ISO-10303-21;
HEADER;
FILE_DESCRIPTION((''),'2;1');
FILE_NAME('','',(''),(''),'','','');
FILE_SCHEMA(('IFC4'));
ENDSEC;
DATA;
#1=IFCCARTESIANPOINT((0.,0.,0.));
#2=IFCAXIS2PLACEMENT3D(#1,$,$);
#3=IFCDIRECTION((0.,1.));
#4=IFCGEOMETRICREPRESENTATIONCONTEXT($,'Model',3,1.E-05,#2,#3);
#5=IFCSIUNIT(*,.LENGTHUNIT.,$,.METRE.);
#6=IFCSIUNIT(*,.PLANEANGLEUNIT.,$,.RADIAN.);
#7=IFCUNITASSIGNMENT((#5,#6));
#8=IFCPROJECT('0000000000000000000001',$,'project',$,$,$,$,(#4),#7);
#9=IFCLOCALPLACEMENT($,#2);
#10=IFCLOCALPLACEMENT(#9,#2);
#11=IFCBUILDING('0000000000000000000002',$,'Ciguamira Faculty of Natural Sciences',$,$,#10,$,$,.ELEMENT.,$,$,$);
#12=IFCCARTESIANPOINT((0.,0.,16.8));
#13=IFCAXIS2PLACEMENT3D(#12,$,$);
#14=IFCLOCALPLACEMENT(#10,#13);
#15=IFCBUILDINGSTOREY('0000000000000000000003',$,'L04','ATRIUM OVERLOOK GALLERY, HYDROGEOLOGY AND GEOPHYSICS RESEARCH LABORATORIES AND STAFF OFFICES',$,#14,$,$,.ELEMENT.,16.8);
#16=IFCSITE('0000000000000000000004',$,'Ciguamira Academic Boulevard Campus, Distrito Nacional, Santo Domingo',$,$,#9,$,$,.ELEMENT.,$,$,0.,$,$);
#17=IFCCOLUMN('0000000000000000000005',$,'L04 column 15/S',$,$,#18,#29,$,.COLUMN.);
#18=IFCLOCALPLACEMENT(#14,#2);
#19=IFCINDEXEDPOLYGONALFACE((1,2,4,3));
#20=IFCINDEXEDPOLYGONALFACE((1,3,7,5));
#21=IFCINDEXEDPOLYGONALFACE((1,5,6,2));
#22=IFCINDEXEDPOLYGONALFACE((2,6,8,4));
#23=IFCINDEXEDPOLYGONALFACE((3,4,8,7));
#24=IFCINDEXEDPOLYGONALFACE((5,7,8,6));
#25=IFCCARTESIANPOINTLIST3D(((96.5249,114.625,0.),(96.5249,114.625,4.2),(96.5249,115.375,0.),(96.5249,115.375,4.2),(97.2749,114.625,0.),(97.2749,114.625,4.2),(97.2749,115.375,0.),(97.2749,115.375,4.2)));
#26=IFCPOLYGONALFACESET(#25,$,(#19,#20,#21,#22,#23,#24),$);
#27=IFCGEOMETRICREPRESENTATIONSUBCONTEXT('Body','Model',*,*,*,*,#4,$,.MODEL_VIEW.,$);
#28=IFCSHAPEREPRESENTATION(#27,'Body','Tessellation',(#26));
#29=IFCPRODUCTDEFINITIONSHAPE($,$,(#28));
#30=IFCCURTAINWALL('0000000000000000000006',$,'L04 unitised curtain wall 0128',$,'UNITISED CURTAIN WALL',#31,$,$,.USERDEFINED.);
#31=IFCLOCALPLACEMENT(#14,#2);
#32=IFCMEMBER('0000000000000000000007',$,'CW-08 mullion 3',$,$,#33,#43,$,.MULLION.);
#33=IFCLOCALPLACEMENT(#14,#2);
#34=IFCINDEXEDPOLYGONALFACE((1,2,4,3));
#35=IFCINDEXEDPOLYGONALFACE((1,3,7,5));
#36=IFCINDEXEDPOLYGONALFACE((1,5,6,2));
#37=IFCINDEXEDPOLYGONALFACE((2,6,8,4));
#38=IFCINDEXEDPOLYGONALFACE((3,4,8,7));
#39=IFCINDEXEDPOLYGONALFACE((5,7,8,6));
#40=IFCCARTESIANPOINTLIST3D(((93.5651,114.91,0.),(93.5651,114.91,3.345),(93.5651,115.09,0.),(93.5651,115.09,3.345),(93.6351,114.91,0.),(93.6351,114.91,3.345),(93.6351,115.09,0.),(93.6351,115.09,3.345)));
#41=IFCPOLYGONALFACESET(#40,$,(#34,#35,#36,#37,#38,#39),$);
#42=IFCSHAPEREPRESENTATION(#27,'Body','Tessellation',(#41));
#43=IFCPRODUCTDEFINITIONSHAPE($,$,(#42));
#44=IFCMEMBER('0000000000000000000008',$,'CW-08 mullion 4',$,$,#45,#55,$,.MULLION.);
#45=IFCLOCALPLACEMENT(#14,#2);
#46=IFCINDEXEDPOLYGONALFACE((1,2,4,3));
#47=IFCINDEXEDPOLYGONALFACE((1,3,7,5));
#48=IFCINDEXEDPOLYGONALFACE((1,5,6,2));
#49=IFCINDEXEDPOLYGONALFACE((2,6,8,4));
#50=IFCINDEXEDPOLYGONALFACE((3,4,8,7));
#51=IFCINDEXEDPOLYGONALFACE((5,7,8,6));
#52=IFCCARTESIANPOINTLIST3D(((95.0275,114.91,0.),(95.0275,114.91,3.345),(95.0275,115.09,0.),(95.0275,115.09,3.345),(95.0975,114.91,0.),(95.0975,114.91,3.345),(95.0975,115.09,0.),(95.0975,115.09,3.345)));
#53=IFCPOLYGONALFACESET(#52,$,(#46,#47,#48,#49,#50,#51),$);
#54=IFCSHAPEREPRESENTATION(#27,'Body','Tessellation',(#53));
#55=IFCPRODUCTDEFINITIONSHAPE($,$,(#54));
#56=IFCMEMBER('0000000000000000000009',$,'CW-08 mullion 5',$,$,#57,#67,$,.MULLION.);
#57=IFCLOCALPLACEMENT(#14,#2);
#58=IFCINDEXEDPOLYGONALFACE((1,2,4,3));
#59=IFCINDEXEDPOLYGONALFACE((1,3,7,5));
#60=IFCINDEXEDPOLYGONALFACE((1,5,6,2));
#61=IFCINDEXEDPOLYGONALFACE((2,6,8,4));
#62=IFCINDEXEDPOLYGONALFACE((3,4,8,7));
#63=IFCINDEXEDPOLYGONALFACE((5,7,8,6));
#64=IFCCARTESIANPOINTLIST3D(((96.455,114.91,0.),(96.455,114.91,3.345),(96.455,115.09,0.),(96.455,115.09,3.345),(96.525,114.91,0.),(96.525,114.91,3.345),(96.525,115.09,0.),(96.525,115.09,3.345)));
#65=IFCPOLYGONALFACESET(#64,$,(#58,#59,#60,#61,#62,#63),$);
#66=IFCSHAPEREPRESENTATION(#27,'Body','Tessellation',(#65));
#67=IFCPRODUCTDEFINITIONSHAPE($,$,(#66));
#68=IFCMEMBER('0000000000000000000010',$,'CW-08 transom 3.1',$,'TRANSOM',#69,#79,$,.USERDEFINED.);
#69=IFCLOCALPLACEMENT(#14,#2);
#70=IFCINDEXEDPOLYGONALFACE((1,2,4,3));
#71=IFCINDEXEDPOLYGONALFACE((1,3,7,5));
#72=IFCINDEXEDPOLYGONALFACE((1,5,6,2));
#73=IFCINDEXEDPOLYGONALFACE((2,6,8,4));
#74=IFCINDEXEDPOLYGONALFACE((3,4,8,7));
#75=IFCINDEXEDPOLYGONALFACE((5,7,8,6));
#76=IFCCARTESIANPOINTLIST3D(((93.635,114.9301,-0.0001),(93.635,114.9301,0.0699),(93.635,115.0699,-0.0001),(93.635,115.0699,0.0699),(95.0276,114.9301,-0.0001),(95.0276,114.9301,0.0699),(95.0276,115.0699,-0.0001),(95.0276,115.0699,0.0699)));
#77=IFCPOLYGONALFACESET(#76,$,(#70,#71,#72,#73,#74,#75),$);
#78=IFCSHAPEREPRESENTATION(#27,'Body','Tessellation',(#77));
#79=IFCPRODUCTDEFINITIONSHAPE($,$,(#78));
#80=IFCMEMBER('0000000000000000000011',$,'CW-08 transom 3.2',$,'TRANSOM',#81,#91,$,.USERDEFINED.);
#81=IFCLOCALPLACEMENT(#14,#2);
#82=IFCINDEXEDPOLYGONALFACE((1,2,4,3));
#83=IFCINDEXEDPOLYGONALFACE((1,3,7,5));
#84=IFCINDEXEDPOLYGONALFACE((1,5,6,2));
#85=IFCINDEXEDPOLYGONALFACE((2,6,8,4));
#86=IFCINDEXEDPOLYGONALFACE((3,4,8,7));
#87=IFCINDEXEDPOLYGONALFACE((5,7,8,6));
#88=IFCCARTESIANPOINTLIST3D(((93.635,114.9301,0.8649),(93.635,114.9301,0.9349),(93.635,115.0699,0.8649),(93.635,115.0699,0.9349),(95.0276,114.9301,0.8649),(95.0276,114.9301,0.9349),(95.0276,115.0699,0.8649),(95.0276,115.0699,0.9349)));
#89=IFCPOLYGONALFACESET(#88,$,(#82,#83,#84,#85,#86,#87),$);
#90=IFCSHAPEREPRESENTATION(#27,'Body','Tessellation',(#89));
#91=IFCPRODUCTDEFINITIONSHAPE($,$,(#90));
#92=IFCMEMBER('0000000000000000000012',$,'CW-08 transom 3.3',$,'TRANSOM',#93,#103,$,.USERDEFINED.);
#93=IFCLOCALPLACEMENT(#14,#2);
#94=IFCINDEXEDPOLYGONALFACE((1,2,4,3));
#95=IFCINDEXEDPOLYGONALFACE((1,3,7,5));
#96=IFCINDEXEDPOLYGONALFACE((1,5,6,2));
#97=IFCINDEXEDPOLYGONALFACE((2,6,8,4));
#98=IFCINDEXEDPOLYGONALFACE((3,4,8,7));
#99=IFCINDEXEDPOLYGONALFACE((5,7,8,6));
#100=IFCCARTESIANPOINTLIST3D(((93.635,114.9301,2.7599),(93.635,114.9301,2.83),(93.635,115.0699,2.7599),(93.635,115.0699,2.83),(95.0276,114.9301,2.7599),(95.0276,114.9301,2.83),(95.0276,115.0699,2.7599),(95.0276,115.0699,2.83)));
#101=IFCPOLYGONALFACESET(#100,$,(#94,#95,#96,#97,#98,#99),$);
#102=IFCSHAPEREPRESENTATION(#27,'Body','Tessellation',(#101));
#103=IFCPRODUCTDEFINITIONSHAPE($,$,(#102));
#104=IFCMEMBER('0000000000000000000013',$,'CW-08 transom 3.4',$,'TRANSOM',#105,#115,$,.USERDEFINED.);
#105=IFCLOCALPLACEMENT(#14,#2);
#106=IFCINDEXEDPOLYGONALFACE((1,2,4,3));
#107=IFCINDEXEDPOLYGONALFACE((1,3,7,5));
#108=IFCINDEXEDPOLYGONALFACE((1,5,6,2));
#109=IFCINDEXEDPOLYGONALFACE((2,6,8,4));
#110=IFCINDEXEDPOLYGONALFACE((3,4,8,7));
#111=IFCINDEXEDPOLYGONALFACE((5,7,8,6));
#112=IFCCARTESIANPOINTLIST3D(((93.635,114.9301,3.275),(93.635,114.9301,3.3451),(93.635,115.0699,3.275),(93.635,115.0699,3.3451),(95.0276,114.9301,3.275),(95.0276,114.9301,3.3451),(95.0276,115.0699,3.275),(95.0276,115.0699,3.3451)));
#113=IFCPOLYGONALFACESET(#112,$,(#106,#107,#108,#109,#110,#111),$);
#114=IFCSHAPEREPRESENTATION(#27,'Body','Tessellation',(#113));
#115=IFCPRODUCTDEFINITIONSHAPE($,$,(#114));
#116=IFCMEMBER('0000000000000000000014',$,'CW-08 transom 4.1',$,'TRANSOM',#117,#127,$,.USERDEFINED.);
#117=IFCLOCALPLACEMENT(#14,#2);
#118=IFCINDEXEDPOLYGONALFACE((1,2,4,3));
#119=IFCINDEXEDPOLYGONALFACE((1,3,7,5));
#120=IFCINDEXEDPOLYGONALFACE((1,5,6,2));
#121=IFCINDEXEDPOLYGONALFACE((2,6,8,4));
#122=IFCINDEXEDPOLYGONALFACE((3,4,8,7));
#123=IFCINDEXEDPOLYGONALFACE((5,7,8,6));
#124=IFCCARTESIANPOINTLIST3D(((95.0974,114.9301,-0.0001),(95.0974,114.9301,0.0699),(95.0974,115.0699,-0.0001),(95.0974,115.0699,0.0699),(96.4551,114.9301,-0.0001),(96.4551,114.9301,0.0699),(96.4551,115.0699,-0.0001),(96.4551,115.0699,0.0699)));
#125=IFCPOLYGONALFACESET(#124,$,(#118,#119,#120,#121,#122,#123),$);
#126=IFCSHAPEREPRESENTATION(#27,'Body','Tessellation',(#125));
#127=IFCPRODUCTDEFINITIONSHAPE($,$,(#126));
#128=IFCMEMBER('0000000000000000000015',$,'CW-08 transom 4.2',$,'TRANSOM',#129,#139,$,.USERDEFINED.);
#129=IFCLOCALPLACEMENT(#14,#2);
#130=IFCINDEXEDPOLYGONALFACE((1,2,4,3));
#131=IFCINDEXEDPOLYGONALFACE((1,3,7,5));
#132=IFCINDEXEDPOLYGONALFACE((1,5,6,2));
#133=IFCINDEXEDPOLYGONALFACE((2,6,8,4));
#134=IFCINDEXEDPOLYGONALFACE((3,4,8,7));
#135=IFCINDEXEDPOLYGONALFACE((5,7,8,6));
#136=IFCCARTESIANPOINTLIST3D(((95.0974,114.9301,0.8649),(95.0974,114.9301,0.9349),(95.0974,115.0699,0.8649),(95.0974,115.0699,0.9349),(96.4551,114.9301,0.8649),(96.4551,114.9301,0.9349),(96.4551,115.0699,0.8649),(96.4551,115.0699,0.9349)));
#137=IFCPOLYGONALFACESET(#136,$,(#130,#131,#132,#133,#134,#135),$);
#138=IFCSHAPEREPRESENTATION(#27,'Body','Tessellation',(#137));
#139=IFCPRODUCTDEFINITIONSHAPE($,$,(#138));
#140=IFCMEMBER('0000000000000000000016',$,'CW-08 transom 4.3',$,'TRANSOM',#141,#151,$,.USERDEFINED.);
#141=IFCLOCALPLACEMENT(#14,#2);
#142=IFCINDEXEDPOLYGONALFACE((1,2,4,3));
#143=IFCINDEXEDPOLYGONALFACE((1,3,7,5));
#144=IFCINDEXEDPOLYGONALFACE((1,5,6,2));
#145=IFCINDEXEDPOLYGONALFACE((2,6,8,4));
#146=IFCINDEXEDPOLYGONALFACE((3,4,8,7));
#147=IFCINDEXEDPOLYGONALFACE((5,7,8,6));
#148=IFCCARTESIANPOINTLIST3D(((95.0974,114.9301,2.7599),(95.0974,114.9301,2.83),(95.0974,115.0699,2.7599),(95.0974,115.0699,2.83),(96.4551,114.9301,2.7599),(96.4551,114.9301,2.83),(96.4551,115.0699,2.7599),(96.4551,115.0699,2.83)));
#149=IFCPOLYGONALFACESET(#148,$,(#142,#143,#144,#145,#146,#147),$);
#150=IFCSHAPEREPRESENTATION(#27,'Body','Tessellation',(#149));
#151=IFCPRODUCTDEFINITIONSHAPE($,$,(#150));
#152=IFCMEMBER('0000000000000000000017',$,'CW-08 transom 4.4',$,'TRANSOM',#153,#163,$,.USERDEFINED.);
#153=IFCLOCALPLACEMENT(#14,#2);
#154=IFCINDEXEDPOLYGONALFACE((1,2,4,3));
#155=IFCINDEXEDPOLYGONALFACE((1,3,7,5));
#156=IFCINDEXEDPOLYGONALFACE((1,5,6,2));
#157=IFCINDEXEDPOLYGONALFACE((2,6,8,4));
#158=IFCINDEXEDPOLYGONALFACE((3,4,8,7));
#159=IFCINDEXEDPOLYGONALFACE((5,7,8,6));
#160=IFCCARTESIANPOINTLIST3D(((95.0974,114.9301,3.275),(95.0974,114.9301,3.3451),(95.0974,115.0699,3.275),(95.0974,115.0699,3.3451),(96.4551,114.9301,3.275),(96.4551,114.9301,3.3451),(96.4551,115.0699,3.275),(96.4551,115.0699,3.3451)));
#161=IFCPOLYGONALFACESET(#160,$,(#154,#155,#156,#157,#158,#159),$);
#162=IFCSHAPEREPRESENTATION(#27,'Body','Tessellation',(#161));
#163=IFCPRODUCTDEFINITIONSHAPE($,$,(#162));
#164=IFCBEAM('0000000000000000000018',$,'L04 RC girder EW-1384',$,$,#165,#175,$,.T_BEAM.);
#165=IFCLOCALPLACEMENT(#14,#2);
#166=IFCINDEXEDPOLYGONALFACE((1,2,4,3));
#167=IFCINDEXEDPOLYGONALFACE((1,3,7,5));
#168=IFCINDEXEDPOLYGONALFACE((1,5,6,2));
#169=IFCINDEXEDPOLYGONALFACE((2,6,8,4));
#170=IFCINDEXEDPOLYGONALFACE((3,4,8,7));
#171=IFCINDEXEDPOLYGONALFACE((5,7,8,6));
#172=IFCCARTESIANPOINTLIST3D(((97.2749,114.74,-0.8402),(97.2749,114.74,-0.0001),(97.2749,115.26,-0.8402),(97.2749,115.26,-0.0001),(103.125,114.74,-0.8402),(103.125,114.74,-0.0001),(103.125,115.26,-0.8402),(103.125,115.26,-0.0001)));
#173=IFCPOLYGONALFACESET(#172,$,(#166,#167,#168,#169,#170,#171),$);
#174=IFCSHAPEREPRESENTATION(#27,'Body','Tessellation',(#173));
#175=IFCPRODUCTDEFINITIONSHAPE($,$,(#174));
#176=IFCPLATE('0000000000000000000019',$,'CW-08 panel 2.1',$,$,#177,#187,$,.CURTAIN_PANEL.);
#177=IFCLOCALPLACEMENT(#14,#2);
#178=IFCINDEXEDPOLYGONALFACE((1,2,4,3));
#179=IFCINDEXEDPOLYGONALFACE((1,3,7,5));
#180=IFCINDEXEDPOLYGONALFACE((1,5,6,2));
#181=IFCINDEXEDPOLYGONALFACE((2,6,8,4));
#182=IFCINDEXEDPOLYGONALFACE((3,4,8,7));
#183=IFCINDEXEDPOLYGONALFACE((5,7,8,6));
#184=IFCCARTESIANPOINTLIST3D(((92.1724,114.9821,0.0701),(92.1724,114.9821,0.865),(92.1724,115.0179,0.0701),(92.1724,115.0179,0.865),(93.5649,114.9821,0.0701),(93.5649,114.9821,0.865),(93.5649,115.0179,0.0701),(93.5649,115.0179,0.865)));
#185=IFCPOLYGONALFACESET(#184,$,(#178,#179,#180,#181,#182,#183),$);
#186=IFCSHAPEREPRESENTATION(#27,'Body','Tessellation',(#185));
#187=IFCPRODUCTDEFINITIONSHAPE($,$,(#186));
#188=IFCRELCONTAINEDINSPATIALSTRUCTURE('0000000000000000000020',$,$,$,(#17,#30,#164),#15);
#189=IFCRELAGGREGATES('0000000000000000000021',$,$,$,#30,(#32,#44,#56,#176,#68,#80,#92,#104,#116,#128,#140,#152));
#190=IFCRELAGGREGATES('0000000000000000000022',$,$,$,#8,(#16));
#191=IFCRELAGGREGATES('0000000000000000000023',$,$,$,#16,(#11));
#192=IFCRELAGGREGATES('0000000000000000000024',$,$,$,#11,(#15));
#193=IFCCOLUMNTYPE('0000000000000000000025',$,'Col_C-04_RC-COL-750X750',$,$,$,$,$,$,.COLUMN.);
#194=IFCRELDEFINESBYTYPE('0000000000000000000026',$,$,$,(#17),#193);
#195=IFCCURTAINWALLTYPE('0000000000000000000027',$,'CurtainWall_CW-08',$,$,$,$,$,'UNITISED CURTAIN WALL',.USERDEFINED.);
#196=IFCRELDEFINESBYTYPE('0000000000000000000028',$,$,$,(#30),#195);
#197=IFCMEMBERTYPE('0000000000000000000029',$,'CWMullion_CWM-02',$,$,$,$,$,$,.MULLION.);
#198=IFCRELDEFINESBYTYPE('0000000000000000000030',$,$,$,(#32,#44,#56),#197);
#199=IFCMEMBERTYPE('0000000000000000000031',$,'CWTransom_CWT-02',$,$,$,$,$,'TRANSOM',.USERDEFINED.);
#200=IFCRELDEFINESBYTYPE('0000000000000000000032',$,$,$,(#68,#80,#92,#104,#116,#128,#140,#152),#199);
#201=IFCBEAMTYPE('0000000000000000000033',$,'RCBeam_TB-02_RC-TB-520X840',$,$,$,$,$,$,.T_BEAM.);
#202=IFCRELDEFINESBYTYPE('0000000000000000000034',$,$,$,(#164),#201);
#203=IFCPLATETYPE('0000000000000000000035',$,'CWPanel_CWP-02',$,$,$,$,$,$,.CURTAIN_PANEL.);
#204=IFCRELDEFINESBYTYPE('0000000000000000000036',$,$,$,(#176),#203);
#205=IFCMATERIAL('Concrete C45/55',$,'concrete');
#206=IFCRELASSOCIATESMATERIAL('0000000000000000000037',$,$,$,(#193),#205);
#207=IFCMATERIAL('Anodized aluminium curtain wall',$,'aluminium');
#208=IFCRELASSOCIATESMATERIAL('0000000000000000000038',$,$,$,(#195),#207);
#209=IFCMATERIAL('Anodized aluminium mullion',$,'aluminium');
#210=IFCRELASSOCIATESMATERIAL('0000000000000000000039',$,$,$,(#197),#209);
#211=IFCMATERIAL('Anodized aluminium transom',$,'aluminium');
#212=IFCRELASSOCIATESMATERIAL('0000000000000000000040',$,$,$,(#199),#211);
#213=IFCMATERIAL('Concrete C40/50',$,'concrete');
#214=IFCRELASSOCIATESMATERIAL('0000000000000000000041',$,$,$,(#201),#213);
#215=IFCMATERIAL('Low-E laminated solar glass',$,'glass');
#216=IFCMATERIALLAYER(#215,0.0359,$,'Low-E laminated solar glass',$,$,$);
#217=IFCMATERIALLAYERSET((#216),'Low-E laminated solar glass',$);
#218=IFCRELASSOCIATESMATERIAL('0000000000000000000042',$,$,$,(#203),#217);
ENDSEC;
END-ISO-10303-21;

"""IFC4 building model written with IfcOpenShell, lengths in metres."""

from ifc_helpers import new_model, si_unit, direction, frame, origin, origin_2d, place, context, subcontext, project, spatial, rectangle, extrude, material, layer, layer_set, material_profile, profile_set, type_object, element, aggregate, save


model = new_model("IFC4")

# Units and contexts
model_context = context("Model", 3, precision=1e-05, world=origin(), true_north=direction((0.0, 1.0)))
body_context = subcontext(model_context, "Body", "Model", "MODEL_VIEW")
ifc_project = project(units=[si_unit("LENGTHUNIT", "METRE"), si_unit("PLANEANGLEUNIT", "RADIAN")], contexts=[model_context])

# Site, building, storey
site_placement = place(None, origin())
site = spatial("IfcSite", under=ifc_project, at=site_placement, Name="Ciguamira Academic Boulevard Campus, Distrito Nacional, Santo Domingo", CompositionType="ELEMENT", RefElevation=0.0)
building_placement = place(site_placement, origin())
building = spatial("IfcBuilding", under=site, at=building_placement, Name="Ciguamira Faculty of Natural Sciences", CompositionType="ELEMENT")
storey_placement = place(building_placement, frame((0.0, 0.0, 16.8)))
storey = spatial("IfcBuildingStorey", under=building, at=storey_placement, Name="L04", Description="ATRIUM OVERLOOK GALLERY, HYDROGEOLOGY AND GEOPHYSICS RESEARCH LABORATORIES AND STAFF OFFICES", CompositionType="ELEMENT", Elevation=16.8)

# Column
ifc_material_1 = material(Name="Concrete C45/55", Category="concrete")
ifc_material_profile_1 = material_profile(ifc_material_1, rectangle(XDim=0.75, YDim=0.75, at=origin_2d()), Name="RC-COL-750X750")
ifc_profile_set_1 = profile_set([ifc_material_profile_1], Name="Concrete C45/55")
column_type = type_object("IfcColumnType", Name="Col_C-04_RC-COL-750X750", PredefinedType="COLUMN", material=ifc_profile_set_1)
column_placement = place(storey_placement, frame((96.8999, 115.0, 0.0), z_axis=(0.0, 0.0, 1.0), x_axis=(1.0, 0.0, 0.0)))
element("IfcColumn", 1, at=column_placement, inside=storey, type_object=column_type, Name="L04 column 15/S", PredefinedType="COLUMN", context=body_context, shape_type="SweptSolid", body=[
    extrude(rectangle(XDim=0.75, YDim=0.75, at=origin_2d()), origin(), (0.0, 0.0, 1.0), 4.2),
])

# Curtain wall, members
ifc_material_2 = material(Name="Anodized aluminium curtain wall", Category="aluminium")
curtain_wall_type = type_object("IfcCurtainWallType", Name="CurtainWall_CW-08", ElementType="UNITISED CURTAIN WALL", PredefinedType="USERDEFINED", material=ifc_material_2)
curtain_wall_placement = place(storey_placement, origin())
curtain_wall = element("IfcCurtainWall", 2, at=curtain_wall_placement, inside=storey, type_object=curtain_wall_type, Name="L04 unitised curtain wall 0128", ObjectType="UNITISED CURTAIN WALL", PredefinedType="USERDEFINED")
ifc_material_3 = material(Name="Anodized aluminium mullion", Category="aluminium")
ifc_material_profile_2 = material_profile(ifc_material_3, rectangle(XDim=0.0701, YDim=0.1799, at=origin_2d()), Name="ALU-MUL-70X180")
ifc_profile_set_2 = profile_set([ifc_material_profile_2], Name="Anodized aluminium mullion")
member_type_1 = type_object("IfcMemberType", Name="CWMullion_CWM-02", PredefinedType="MULLION", material=ifc_profile_set_2)
member_1_placement = place(storey_placement, frame((93.6001, 115.0, 0.0), z_axis=(0.0, 0.0, 1.0), x_axis=(1.0, 0.0, 0.0)))
member_1 = element("IfcMember", 3, at=member_1_placement, type_object=member_type_1, Name="CW-08 mullion 3", PredefinedType="MULLION", context=body_context, shape_type="SweptSolid", body=[
    extrude(rectangle(XDim=0.0701, YDim=0.1799, at=origin_2d()), origin(), (0.0, 0.0, 1.0), 3.345),
])
member_2_placement = place(storey_placement, frame((95.0625, 115.0, 0.0), z_axis=(0.0, 0.0, 1.0), x_axis=(1.0, 0.0, 0.0)))
member_2 = element("IfcMember", 4, at=member_2_placement, type_object=member_type_1, Name="CW-08 mullion 4", PredefinedType="MULLION", context=body_context, shape_type="SweptSolid", body=[
    extrude(rectangle(XDim=0.0701, YDim=0.1799, at=origin_2d()), origin(), (0.0, 0.0, 1.0), 3.345),
])
member_3_placement = place(storey_placement, frame((96.49, 115.0, 0.0), z_axis=(0.0, 0.0, 1.0), x_axis=(1.0, 0.0, 0.0)))
member_3 = element("IfcMember", 5, at=member_3_placement, type_object=member_type_1, Name="CW-08 mullion 5", PredefinedType="MULLION", context=body_context, shape_type="SweptSolid", body=[
    extrude(rectangle(XDim=0.0701, YDim=0.1799, at=origin_2d()), origin(), (0.0, 0.0, 1.0), 3.345),
])
ifc_material_4 = material(Name="Anodized aluminium transom", Category="aluminium")
ifc_material_profile_3 = material_profile(ifc_material_4, rectangle(XDim=0.0701, YDim=0.1399, at=origin_2d()), Name="ALU-TRN-70X140")
ifc_profile_set_3 = profile_set([ifc_material_profile_3], Name="Anodized aluminium transom")
member_type_2 = type_object("IfcMemberType", Name="CWTransom_CWT-02", ElementType="TRANSOM", PredefinedType="USERDEFINED", material=ifc_profile_set_3)
member_4_placement = place(storey_placement, frame((93.635, 115.0, 0.0349), z_axis=(1.0, 0.0, 0.0), x_axis=(0.0, 0.0, 1.0)))
member_4 = element("IfcMember", 6, at=member_4_placement, type_object=member_type_2, Name="CW-08 transom 3.1", ObjectType="TRANSOM", PredefinedType="USERDEFINED", context=body_context, shape_type="SweptSolid", body=[
    extrude(rectangle(XDim=0.0701, YDim=0.1399, at=origin_2d()), origin(), (0.0, 0.0, 1.0), 1.3926),
])
member_5_placement = place(storey_placement, frame((93.635, 115.0, 0.8999), z_axis=(1.0, 0.0, 0.0), x_axis=(0.0, 0.0, 1.0)))
member_5 = element("IfcMember", 7, at=member_5_placement, type_object=member_type_2, Name="CW-08 transom 3.2", ObjectType="TRANSOM", PredefinedType="USERDEFINED", context=body_context, shape_type="SweptSolid", body=[
    extrude(rectangle(XDim=0.0701, YDim=0.1399, at=origin_2d()), origin(), (0.0, 0.0, 1.0), 1.3926),
])
member_6_placement = place(storey_placement, frame((93.635, 115.0, 2.7949), z_axis=(1.0, 0.0, 0.0), x_axis=(0.0, 0.0, 1.0)))
member_6 = element("IfcMember", 8, at=member_6_placement, type_object=member_type_2, Name="CW-08 transom 3.3", ObjectType="TRANSOM", PredefinedType="USERDEFINED", context=body_context, shape_type="SweptSolid", body=[
    extrude(rectangle(XDim=0.0701, YDim=0.1399, at=origin_2d()), origin(), (0.0, 0.0, 1.0), 1.3926),
])
member_7_placement = place(storey_placement, frame((93.635, 115.0, 3.3101), z_axis=(1.0, 0.0, 0.0), x_axis=(0.0, 0.0, 1.0)))
member_7 = element("IfcMember", 9, at=member_7_placement, type_object=member_type_2, Name="CW-08 transom 3.4", ObjectType="TRANSOM", PredefinedType="USERDEFINED", context=body_context, shape_type="SweptSolid", body=[
    extrude(rectangle(XDim=0.0701, YDim=0.1399, at=origin_2d()), origin(), (0.0, 0.0, 1.0), 1.3926),
])
member_8_placement = place(storey_placement, frame((95.0974, 115.0, 0.0349), z_axis=(1.0, 0.0, 0.0), x_axis=(0.0, 0.0, 1.0)))
member_8 = element("IfcMember", 10, at=member_8_placement, type_object=member_type_2, Name="CW-08 transom 4.1", ObjectType="TRANSOM", PredefinedType="USERDEFINED", context=body_context, shape_type="SweptSolid", body=[
    extrude(rectangle(XDim=0.0701, YDim=0.1399, at=origin_2d()), origin(), (0.0, 0.0, 1.0), 1.3577),
])
member_9_placement = place(storey_placement, frame((95.0974, 115.0, 0.8999), z_axis=(1.0, 0.0, 0.0), x_axis=(0.0, 0.0, 1.0)))
member_9 = element("IfcMember", 11, at=member_9_placement, type_object=member_type_2, Name="CW-08 transom 4.2", ObjectType="TRANSOM", PredefinedType="USERDEFINED", context=body_context, shape_type="SweptSolid", body=[
    extrude(rectangle(XDim=0.0701, YDim=0.1399, at=origin_2d()), origin(), (0.0, 0.0, 1.0), 1.3577),
])
member_10_placement = place(storey_placement, frame((95.0974, 115.0, 2.7949), z_axis=(1.0, 0.0, 0.0), x_axis=(0.0, 0.0, 1.0)))
member_10 = element("IfcMember", 12, at=member_10_placement, type_object=member_type_2, Name="CW-08 transom 4.3", ObjectType="TRANSOM", PredefinedType="USERDEFINED", context=body_context, shape_type="SweptSolid", body=[
    extrude(rectangle(XDim=0.0701, YDim=0.1399, at=origin_2d()), origin(), (0.0, 0.0, 1.0), 1.3577),
])
member_11_placement = place(storey_placement, frame((95.0974, 115.0, 3.3101), z_axis=(1.0, 0.0, 0.0), x_axis=(0.0, 0.0, 1.0)))
member_11 = element("IfcMember", 13, at=member_11_placement, type_object=member_type_2, Name="CW-08 transom 4.4", ObjectType="TRANSOM", PredefinedType="USERDEFINED", context=body_context, shape_type="SweptSolid", body=[
    extrude(rectangle(XDim=0.0701, YDim=0.1399, at=origin_2d()), origin(), (0.0, 0.0, 1.0), 1.3577),
])

# Beam
ifc_material_5 = material(Name="Concrete C40/50", Category="concrete")
ifc_material_profile_4 = material_profile(ifc_material_5, rectangle(XDim=0.52, YDim=0.8401, at=origin_2d()), Name="RC-TB-520X840")
ifc_profile_set_4 = profile_set([ifc_material_profile_4], Name="Concrete C40/50")
beam_type = type_object("IfcBeamType", Name="RCBeam_TB-02_RC-TB-520X840", PredefinedType="T_BEAM", material=ifc_profile_set_4)
beam_placement = place(storey_placement, frame((97.2749, 115.0, -0.4202), z_axis=(1.0, 0.0, 0.0), x_axis=(0.0, 1.0, 0.0)))
element("IfcBeam", 14, at=beam_placement, inside=storey, type_object=beam_type, Name="L04 RC girder EW-1384", PredefinedType="T_BEAM", context=body_context, shape_type="SweptSolid", body=[
    extrude(rectangle(XDim=0.52, YDim=0.8401, at=origin_2d()), origin(), (0.0, 0.0, 1.0), 5.8501),
])

# Plate
ifc_material_6 = material(Name="Low-E laminated solar glass", Category="glass")
ifc_layer_1 = layer(ifc_material_6, 0.0359, Name="Low-E laminated solar glass")
ifc_layer_set_1 = layer_set([ifc_layer_1], Name="Low-E laminated solar glass")
plate_type = type_object("IfcPlateType", Name="CWPanel_CWP-02", PredefinedType="CURTAIN_PANEL", material=ifc_layer_set_1)
plate_1_placement = place(storey_placement, frame((92.8687, 115.0, 0.0701), z_axis=(0.0, 0.0, 1.0), x_axis=(1.0, 0.0, 0.0)))
plate_1 = element("IfcPlate", 15, at=plate_1_placement, type_object=plate_type, Name="CW-08 panel 2.1", PredefinedType="CURTAIN_PANEL", context=body_context, shape_type="SweptSolid", body=[
    extrude(rectangle(XDim=1.3926, YDim=0.0359, at=origin_2d()), origin(), (0.0, 0.0, 1.0), 0.7949),
])
aggregate(curtain_wall, [member_1, member_2, member_3, plate_1, member_4, member_5, member_6, member_7, member_8, member_9, member_10, member_11])

save(model, "model.ifc")
